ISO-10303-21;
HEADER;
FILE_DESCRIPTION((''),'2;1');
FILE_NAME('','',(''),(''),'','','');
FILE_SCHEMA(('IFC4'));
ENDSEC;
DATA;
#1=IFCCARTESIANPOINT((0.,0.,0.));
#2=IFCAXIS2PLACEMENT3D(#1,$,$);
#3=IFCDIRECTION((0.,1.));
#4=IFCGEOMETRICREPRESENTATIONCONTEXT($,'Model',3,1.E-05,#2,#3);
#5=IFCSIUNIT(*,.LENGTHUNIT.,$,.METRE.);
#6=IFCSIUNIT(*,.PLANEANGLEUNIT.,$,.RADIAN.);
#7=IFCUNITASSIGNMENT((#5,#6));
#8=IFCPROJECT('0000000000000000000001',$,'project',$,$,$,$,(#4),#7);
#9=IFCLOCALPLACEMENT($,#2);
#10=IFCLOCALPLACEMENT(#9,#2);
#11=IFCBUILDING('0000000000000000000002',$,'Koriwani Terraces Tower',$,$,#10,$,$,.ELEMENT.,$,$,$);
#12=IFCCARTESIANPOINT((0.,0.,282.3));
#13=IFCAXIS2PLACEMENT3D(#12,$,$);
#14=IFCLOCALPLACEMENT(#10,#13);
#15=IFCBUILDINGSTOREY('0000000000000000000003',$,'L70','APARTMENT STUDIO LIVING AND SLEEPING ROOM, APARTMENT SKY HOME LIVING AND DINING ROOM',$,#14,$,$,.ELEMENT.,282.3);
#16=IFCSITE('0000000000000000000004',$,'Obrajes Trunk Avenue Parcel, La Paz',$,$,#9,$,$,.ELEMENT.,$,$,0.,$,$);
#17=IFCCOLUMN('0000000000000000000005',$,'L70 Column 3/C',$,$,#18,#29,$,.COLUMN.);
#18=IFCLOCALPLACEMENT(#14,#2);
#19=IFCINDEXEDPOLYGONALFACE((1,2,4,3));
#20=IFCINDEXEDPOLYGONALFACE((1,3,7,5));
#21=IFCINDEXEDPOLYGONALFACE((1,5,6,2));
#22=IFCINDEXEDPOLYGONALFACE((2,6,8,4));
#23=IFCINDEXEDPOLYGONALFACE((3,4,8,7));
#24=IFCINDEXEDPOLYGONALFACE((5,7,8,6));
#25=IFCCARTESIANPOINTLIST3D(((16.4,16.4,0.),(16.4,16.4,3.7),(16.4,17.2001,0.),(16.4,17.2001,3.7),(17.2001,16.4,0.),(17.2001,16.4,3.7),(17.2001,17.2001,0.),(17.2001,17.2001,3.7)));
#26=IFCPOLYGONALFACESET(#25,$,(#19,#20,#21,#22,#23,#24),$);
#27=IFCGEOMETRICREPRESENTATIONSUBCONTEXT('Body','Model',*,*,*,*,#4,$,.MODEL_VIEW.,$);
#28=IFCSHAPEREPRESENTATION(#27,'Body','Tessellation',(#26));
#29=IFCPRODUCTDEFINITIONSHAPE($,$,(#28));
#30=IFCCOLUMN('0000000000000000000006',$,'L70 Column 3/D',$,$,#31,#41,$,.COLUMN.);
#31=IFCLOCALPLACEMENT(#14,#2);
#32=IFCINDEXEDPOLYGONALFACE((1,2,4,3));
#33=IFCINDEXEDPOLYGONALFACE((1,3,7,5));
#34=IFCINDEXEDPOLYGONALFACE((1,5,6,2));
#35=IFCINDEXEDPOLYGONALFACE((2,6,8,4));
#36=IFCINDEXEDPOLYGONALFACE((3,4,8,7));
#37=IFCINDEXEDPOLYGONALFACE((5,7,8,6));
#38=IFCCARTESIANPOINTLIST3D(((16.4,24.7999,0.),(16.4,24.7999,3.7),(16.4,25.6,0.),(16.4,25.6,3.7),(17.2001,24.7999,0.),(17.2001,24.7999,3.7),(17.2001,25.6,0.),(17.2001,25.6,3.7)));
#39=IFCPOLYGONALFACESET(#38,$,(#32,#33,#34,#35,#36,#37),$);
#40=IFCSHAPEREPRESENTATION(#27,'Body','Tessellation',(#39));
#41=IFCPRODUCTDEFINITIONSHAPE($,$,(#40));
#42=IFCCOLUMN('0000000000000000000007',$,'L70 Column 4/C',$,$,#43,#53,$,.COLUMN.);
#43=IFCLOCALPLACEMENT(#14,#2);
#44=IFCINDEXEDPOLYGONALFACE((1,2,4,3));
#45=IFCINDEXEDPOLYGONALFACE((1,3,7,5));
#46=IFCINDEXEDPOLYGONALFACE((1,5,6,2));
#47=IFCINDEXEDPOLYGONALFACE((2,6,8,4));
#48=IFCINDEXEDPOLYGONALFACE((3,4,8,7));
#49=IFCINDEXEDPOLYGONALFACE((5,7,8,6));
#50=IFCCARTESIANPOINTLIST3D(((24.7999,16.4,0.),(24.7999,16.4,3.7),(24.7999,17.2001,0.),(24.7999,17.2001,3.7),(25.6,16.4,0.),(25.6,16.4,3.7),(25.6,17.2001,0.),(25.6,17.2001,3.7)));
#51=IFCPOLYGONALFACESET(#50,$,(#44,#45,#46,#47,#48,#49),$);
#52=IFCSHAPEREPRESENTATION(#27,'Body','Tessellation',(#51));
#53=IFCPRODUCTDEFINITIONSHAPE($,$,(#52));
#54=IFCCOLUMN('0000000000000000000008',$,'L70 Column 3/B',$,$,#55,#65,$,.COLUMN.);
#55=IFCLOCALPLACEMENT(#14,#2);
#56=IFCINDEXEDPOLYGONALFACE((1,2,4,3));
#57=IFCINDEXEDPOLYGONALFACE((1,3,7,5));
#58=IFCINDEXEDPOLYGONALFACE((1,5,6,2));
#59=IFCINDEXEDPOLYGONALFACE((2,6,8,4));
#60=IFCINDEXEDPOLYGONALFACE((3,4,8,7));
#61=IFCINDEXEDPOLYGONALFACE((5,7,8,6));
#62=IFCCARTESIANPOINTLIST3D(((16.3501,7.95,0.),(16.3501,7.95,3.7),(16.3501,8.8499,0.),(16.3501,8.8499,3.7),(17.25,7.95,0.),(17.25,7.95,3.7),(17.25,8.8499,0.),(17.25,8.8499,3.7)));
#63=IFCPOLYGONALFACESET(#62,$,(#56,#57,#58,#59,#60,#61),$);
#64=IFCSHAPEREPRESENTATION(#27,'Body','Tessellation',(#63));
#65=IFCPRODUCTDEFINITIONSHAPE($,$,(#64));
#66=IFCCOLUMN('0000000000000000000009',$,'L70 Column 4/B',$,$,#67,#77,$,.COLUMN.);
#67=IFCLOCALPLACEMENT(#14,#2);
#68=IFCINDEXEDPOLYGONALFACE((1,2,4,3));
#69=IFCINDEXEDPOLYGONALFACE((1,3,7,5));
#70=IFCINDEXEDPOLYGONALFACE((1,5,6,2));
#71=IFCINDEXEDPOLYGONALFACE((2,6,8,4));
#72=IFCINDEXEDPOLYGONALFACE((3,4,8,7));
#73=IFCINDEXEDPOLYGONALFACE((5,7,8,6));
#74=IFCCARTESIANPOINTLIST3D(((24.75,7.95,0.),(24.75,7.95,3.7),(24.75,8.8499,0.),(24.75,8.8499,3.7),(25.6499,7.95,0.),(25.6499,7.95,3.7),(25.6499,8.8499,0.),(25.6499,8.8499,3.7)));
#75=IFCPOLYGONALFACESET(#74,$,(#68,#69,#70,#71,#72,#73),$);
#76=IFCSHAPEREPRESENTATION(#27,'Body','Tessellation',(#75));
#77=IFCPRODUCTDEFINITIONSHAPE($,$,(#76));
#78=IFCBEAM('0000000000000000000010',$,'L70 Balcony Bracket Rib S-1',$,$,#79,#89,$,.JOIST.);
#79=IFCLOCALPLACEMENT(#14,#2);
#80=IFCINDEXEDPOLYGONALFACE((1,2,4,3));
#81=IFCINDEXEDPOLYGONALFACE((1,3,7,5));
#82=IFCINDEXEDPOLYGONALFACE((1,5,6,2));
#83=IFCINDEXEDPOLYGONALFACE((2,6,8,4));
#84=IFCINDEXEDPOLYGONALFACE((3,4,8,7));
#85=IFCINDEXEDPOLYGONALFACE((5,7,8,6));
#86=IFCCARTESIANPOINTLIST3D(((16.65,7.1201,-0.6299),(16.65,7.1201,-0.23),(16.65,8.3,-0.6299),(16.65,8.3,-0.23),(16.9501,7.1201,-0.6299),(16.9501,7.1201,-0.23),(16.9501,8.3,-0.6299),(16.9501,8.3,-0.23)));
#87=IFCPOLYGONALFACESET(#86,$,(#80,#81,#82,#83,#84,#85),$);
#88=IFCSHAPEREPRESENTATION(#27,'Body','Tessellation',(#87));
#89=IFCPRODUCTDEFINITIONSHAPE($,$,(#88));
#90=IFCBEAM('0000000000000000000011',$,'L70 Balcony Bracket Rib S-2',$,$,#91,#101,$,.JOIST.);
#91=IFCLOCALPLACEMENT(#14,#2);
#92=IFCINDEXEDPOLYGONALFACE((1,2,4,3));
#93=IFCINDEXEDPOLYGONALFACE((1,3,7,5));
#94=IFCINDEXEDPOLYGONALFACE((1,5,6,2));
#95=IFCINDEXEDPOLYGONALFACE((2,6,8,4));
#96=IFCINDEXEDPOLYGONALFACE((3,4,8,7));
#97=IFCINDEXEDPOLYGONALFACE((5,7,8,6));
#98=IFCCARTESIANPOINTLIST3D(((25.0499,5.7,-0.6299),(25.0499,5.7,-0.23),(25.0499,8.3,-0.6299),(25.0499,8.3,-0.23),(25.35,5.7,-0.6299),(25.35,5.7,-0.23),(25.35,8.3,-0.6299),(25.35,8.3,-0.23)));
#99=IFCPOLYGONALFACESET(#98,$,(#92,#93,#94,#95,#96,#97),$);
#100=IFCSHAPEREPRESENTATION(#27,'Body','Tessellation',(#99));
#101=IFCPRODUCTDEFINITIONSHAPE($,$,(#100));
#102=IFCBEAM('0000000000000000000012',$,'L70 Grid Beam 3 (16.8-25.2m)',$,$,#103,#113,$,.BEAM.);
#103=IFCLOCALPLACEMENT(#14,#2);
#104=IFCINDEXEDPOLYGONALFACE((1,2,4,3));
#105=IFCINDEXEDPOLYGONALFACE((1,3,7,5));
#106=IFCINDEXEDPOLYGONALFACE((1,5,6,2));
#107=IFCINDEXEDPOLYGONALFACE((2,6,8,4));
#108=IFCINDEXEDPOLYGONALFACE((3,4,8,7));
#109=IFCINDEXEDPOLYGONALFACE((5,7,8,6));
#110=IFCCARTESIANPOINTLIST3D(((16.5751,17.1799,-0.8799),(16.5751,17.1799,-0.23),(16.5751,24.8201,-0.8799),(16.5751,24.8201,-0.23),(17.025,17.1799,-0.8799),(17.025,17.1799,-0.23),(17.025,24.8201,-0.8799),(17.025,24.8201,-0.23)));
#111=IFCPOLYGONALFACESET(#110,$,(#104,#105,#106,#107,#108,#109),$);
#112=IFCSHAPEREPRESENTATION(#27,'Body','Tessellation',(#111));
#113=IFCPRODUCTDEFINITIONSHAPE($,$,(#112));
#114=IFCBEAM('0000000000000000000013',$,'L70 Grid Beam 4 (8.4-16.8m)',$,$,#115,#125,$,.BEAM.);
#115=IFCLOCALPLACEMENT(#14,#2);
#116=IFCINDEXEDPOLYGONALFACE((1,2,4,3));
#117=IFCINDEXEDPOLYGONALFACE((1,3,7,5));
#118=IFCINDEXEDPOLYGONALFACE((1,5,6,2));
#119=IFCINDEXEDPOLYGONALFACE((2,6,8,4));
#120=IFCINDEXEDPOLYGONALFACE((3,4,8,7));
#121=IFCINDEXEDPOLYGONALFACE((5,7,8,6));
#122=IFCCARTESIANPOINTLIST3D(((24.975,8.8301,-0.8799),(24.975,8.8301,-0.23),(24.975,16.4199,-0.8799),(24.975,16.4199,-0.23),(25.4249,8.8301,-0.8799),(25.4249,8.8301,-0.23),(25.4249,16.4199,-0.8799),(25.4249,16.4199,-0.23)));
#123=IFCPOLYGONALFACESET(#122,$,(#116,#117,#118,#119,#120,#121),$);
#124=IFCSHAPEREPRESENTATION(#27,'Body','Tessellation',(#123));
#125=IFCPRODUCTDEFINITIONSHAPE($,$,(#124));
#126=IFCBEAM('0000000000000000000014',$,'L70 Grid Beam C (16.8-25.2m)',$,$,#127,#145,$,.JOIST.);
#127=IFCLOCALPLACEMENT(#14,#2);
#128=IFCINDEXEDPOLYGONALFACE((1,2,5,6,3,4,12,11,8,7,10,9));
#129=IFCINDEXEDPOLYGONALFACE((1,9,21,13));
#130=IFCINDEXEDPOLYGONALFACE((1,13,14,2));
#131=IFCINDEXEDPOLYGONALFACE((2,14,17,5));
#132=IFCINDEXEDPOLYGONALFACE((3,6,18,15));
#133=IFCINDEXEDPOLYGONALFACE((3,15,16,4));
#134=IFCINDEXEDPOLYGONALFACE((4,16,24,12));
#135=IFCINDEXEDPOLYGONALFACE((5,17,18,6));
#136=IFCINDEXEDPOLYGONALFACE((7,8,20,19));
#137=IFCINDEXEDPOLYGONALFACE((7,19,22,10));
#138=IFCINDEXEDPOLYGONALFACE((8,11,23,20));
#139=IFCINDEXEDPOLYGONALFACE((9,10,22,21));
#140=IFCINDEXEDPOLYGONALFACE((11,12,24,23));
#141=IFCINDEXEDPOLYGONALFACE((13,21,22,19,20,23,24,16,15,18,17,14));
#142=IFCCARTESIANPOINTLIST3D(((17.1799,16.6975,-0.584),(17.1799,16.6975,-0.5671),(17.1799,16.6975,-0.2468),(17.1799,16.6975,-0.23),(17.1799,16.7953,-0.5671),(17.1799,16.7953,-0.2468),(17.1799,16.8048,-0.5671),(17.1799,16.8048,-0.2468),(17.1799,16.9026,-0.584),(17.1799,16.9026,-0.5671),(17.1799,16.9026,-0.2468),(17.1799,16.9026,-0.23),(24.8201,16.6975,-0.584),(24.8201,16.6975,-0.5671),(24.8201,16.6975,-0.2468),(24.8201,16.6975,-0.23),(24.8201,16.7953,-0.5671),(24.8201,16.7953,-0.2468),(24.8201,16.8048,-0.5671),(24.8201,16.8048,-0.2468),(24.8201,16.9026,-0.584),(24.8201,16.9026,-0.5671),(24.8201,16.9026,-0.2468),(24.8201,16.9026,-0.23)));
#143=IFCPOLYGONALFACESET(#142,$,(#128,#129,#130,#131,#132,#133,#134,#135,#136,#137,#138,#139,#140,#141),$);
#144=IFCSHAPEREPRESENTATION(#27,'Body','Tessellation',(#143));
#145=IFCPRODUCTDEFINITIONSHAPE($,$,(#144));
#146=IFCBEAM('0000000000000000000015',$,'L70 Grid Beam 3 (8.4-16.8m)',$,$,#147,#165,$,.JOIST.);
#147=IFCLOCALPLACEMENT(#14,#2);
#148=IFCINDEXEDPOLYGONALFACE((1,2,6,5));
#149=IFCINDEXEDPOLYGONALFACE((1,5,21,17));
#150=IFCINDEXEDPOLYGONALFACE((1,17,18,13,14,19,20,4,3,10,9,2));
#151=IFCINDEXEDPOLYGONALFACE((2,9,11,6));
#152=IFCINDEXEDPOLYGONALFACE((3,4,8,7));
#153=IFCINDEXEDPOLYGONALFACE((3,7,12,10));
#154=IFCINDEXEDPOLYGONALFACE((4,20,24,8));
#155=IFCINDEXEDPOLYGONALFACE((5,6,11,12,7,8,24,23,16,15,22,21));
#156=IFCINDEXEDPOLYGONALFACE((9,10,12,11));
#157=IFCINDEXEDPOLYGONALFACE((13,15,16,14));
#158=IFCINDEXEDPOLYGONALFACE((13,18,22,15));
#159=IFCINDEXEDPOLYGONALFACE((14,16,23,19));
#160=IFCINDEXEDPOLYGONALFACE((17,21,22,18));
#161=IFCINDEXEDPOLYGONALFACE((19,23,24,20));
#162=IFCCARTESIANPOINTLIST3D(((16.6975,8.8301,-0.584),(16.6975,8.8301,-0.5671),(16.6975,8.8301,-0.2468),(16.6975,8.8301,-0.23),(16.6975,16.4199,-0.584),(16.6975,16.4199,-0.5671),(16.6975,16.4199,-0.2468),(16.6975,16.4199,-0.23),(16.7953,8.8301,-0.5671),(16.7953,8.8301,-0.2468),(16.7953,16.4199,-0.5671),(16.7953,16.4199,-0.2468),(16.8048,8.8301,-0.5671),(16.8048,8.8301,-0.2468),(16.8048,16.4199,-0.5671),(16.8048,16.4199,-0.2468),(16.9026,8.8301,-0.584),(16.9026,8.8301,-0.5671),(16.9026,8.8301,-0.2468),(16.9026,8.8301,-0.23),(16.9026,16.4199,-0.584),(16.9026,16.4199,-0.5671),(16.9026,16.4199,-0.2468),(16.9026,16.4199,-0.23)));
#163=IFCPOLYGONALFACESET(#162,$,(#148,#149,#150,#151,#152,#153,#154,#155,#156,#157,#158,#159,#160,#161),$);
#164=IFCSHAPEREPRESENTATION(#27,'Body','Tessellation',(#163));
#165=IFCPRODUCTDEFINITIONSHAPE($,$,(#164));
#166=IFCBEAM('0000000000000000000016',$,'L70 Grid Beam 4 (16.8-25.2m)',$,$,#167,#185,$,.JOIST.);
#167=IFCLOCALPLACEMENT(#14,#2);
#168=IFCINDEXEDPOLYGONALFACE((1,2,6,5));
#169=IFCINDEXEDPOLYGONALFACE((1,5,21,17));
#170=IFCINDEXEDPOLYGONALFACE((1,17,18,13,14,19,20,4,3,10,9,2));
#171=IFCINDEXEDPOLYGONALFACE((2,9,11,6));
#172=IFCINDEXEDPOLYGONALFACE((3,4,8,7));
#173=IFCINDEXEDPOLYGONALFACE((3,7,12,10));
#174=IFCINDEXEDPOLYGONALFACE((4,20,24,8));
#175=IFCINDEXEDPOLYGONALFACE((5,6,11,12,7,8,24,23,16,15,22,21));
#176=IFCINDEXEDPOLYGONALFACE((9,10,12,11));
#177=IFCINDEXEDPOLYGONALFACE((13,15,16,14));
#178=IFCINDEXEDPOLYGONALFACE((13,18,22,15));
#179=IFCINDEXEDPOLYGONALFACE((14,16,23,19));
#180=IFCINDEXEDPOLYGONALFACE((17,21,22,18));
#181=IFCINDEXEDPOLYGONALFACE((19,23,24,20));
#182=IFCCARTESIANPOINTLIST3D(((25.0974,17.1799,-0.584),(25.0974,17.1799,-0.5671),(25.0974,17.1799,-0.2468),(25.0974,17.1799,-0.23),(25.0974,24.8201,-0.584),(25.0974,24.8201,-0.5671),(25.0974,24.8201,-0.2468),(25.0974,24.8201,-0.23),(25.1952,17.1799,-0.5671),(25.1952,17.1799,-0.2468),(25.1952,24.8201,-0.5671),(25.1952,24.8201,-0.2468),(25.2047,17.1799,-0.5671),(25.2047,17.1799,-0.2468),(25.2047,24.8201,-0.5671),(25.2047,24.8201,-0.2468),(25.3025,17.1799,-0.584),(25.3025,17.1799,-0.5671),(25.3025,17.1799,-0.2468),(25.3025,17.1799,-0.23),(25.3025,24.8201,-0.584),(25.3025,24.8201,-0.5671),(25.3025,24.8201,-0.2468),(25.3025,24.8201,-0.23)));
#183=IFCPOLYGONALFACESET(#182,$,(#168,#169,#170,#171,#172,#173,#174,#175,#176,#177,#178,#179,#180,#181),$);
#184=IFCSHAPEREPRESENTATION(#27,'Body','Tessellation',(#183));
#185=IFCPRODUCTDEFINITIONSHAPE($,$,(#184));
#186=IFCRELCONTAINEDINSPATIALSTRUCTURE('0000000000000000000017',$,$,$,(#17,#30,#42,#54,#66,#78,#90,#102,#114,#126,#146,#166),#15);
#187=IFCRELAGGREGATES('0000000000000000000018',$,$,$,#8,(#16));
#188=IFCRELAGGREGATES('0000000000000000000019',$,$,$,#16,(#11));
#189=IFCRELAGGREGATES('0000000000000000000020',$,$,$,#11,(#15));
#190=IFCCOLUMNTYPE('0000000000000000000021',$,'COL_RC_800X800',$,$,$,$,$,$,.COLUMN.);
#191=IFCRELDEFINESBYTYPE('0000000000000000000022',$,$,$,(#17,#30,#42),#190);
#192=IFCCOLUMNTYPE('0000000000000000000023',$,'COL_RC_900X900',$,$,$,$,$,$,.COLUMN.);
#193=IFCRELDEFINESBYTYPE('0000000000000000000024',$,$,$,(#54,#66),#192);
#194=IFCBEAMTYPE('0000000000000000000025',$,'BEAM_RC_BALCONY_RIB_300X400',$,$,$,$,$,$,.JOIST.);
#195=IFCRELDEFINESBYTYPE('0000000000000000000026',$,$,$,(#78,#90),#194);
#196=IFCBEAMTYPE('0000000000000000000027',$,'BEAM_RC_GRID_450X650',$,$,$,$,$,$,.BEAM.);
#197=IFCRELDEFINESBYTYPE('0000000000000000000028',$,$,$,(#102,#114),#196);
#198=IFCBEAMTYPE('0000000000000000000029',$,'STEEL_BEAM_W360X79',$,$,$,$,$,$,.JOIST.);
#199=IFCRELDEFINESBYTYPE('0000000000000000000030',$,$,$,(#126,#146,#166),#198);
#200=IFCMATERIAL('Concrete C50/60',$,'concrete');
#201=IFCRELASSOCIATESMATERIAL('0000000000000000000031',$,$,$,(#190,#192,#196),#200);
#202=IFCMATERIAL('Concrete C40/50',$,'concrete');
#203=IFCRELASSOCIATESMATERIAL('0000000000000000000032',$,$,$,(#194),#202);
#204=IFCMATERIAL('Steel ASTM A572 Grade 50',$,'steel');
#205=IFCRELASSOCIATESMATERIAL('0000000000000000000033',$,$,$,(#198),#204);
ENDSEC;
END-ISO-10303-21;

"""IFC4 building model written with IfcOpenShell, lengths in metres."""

from ifc_helpers import new_model, si_unit, direction, frame, origin, origin_2d, place, context, subcontext, project, spatial, rectangle, i_section, extrude, material, material_profile, profile_set, type_object, element, save


model = new_model("IFC4")

# Units and contexts
model_context = context("Model", 3, precision=1e-05, world=origin(), true_north=direction((0.0, 1.0)))
body_context = subcontext(model_context, "Body", "Model", "MODEL_VIEW")
ifc_project = project(units=[si_unit("LENGTHUNIT", "METRE"), si_unit("PLANEANGLEUNIT", "RADIAN")], contexts=[model_context])

# Site, building, storey
site_placement = place(None, origin())
site = spatial("IfcSite", under=ifc_project, at=site_placement, Name="Obrajes Trunk Avenue Parcel, La Paz", CompositionType="ELEMENT", RefElevation=0.0)
building_placement = place(site_placement, origin())
building = spatial("IfcBuilding", under=site, at=building_placement, Name="Koriwani Terraces Tower", CompositionType="ELEMENT")
storey_placement = place(building_placement, frame((0.0, 0.0, 282.3)))
storey = spatial("IfcBuildingStorey", under=building, at=storey_placement, Name="L70", Description="APARTMENT STUDIO LIVING AND SLEEPING ROOM, APARTMENT SKY HOME LIVING AND DINING ROOM", CompositionType="ELEMENT", Elevation=282.3)

# Columns
ifc_material_1 = material(Name="Concrete C50/60", Category="concrete")
ifc_material_profile_1 = material_profile(ifc_material_1, rectangle(XDim=0.8, YDim=0.8, at=origin_2d()), Name="Concrete C50/60", Category="LoadBearing")
ifc_profile_set_1 = profile_set([ifc_material_profile_1], Name="Concrete C50/60")
column_type_1 = type_object("IfcColumnType", Name="COL_RC_800X800", PredefinedType="COLUMN", material=ifc_profile_set_1)
for number, where, z_axis, x_axis, name in (
    (1, (16.8, 16.8, 0.0), (0.0, 0.0, 1.0), (1.0, 0.0, 0.0), "L70 Column 3/C"),
    (2, (16.8, 25.2, 0.0), (0.0, 0.0, 1.0), (1.0, 0.0, 0.0), "L70 Column 3/D"),
    (3, (25.2, 16.8, 0.0), (0.0, 0.0, 1.0), (1.0, 0.0, 0.0), "L70 Column 4/C"),
):
    element("IfcColumn", number, at=place(storey_placement, frame(where, z_axis=z_axis, x_axis=x_axis)), inside=storey, type_object=column_type_1, Name=name, PredefinedType="COLUMN", context=body_context, shape_type="SweptSolid", body=[
        extrude(rectangle(XDim=0.8, YDim=0.8, at=origin_2d()), origin(), (0.0, 0.0, 1.0), 3.7),
    ])
ifc_material_profile_2 = material_profile(ifc_material_1, rectangle(XDim=0.8999, YDim=0.8999, at=origin_2d()), Name="Concrete C50/60", Category="LoadBearing")
ifc_profile_set_2 = profile_set([ifc_material_profile_2], Name="Concrete C50/60")
column_type_2 = type_object("IfcColumnType", Name="COL_RC_900X900", PredefinedType="COLUMN", material=ifc_profile_set_2)
for number, where, z_axis, x_axis, name in (
    (4, (16.8, 8.3999, 0.0), (0.0, 0.0, 1.0), (1.0, 0.0, 0.0), "L70 Column 3/B"),
    (5, (25.2, 8.3999, 0.0), (0.0, 0.0, 1.0), (1.0, 0.0, 0.0), "L70 Column 4/B"),
):
    element("IfcColumn", number, at=place(storey_placement, frame(where, z_axis=z_axis, x_axis=x_axis)), inside=storey, type_object=column_type_2, Name=name, PredefinedType="COLUMN", context=body_context, shape_type="SweptSolid", body=[
        extrude(rectangle(XDim=0.8999, YDim=0.8999, at=origin_2d()), origin(), (0.0, 0.0, 1.0), 3.7),
    ])

# Beams
ifc_material_2 = material(Name="Concrete C40/50", Category="concrete")
ifc_material_profile_3 = material_profile(ifc_material_2, rectangle(XDim=0.3, YDim=0.3999, at=origin_2d()), Name="Concrete C40/50", Category="LoadBearing")
ifc_profile_set_3 = profile_set([ifc_material_profile_3], Name="Concrete C40/50")
beam_type_1 = type_object("IfcBeamType", Name="BEAM_RC_BALCONY_RIB_300X400", PredefinedType="JOIST", material=ifc_profile_set_3)
beam_1_placement = place(storey_placement, frame((16.8, 7.1201, -0.4299), z_axis=(0.0, 1.0, 0.0), x_axis=(-1.0, 0.0, 0.0)))
element("IfcBeam", 6, at=beam_1_placement, inside=storey, type_object=beam_type_1, Name="L70 Balcony Bracket Rib S-1", PredefinedType="JOIST", context=body_context, shape_type="SweptSolid", body=[
    extrude(rectangle(XDim=0.3, YDim=0.3999, at=origin_2d()), origin(), (0.0, 0.0, 1.0), 1.1799),
])
beam_2_placement = place(storey_placement, frame((25.2, 5.7, -0.4299), z_axis=(0.0, 1.0, 0.0), x_axis=(-1.0, 0.0, 0.0)))
element("IfcBeam", 7, at=beam_2_placement, inside=storey, type_object=beam_type_1, Name="L70 Balcony Bracket Rib S-2", PredefinedType="JOIST", context=body_context, shape_type="SweptSolid", body=[
    extrude(rectangle(XDim=0.3, YDim=0.3999, at=origin_2d()), origin(), (0.0, 0.0, 1.0), 2.6001),
])
ifc_material_profile_4 = material_profile(ifc_material_1, rectangle(XDim=0.45, YDim=0.6499, at=origin_2d()), Name="Concrete C50/60", Category="LoadBearing")
ifc_profile_set_4 = profile_set([ifc_material_profile_4], Name="Concrete C50/60")
beam_type_2 = type_object("IfcBeamType", Name="BEAM_RC_GRID_450X650", PredefinedType="BEAM", material=ifc_profile_set_4)
beam_3_placement = place(storey_placement, frame((16.8, 17.1799, -0.5549), z_axis=(0.0, 1.0, 0.0), x_axis=(-1.0, 0.0, 0.0)))
element("IfcBeam", 8, at=beam_3_placement, inside=storey, type_object=beam_type_2, Name="L70 Grid Beam 3 (16.8-25.2m)", PredefinedType="BEAM", context=body_context, shape_type="SweptSolid", body=[
    extrude(rectangle(XDim=0.45, YDim=0.6499, at=origin_2d()), origin(), (0.0, 0.0, 1.0), 7.6401),
])
beam_4_placement = place(storey_placement, frame((25.2, 8.8301, -0.5549), z_axis=(0.0, 1.0, 0.0), x_axis=(-1.0, 0.0, 0.0)))
element("IfcBeam", 9, at=beam_4_placement, inside=storey, type_object=beam_type_2, Name="L70 Grid Beam 4 (8.4-16.8m)", PredefinedType="BEAM", context=body_context, shape_type="SweptSolid", body=[
    extrude(rectangle(XDim=0.45, YDim=0.6499, at=origin_2d()), origin(), (0.0, 0.0, 1.0), 7.5898),
])
ifc_material_3 = material(Name="Steel ASTM A572 Grade 50", Category="steel")
ifc_material_profile_5 = material_profile(ifc_material_3, i_section(OverallWidth=0.2051, OverallDepth=0.354, WebThickness=0.0095, FlangeThickness=0.0168, at=origin_2d()), Name="Steel ASTM A572 Grade 50", Category="LoadBearing")
ifc_profile_set_5 = profile_set([ifc_material_profile_5], Name="Steel ASTM A572 Grade 50")
beam_type_3 = type_object("IfcBeamType", Name="STEEL_BEAM_W360X79", PredefinedType="JOIST", material=ifc_profile_set_5)
beam_5_placement = place(storey_placement, frame((17.1799, 16.8, -0.407), z_axis=(1.0, 0.0, 0.0), x_axis=(0.0, 1.0, 0.0)))
element("IfcBeam", 10, at=beam_5_placement, inside=storey, type_object=beam_type_3, Name="L70 Grid Beam C (16.8-25.2m)", PredefinedType="JOIST", context=body_context, shape_type="SweptSolid", body=[
    extrude(i_section(OverallWidth=0.2051, OverallDepth=0.354, WebThickness=0.0095, FlangeThickness=0.0168, at=origin_2d()), origin(), (0.0, 0.0, 1.0), 7.6401),
])
beam_6_placement = place(storey_placement, frame((16.8, 8.8301, -0.407), z_axis=(0.0, 1.0, 0.0), x_axis=(-1.0, 0.0, 0.0)))
element("IfcBeam", 11, at=beam_6_placement, inside=storey, type_object=beam_type_3, Name="L70 Grid Beam 3 (8.4-16.8m)", PredefinedType="JOIST", context=body_context, shape_type="SweptSolid", body=[
    extrude(i_section(OverallWidth=0.2051, OverallDepth=0.354, WebThickness=0.0095, FlangeThickness=0.0168, at=origin_2d()), origin(), (0.0, 0.0, 1.0), 7.5898),
])
beam_7_placement = place(storey_placement, frame((25.2, 17.1799, -0.407), z_axis=(0.0, 1.0, 0.0), x_axis=(-1.0, 0.0, 0.0)))
element("IfcBeam", 12, at=beam_7_placement, inside=storey, type_object=beam_type_3, Name="L70 Grid Beam 4 (16.8-25.2m)", PredefinedType="JOIST", context=body_context, shape_type="SweptSolid", body=[
    extrude(i_section(OverallWidth=0.2051, OverallDepth=0.354, WebThickness=0.0095, FlangeThickness=0.0168, at=origin_2d()), origin(), (0.0, 0.0, 1.0), 7.6401),
])

save(model, "model.ifc")
